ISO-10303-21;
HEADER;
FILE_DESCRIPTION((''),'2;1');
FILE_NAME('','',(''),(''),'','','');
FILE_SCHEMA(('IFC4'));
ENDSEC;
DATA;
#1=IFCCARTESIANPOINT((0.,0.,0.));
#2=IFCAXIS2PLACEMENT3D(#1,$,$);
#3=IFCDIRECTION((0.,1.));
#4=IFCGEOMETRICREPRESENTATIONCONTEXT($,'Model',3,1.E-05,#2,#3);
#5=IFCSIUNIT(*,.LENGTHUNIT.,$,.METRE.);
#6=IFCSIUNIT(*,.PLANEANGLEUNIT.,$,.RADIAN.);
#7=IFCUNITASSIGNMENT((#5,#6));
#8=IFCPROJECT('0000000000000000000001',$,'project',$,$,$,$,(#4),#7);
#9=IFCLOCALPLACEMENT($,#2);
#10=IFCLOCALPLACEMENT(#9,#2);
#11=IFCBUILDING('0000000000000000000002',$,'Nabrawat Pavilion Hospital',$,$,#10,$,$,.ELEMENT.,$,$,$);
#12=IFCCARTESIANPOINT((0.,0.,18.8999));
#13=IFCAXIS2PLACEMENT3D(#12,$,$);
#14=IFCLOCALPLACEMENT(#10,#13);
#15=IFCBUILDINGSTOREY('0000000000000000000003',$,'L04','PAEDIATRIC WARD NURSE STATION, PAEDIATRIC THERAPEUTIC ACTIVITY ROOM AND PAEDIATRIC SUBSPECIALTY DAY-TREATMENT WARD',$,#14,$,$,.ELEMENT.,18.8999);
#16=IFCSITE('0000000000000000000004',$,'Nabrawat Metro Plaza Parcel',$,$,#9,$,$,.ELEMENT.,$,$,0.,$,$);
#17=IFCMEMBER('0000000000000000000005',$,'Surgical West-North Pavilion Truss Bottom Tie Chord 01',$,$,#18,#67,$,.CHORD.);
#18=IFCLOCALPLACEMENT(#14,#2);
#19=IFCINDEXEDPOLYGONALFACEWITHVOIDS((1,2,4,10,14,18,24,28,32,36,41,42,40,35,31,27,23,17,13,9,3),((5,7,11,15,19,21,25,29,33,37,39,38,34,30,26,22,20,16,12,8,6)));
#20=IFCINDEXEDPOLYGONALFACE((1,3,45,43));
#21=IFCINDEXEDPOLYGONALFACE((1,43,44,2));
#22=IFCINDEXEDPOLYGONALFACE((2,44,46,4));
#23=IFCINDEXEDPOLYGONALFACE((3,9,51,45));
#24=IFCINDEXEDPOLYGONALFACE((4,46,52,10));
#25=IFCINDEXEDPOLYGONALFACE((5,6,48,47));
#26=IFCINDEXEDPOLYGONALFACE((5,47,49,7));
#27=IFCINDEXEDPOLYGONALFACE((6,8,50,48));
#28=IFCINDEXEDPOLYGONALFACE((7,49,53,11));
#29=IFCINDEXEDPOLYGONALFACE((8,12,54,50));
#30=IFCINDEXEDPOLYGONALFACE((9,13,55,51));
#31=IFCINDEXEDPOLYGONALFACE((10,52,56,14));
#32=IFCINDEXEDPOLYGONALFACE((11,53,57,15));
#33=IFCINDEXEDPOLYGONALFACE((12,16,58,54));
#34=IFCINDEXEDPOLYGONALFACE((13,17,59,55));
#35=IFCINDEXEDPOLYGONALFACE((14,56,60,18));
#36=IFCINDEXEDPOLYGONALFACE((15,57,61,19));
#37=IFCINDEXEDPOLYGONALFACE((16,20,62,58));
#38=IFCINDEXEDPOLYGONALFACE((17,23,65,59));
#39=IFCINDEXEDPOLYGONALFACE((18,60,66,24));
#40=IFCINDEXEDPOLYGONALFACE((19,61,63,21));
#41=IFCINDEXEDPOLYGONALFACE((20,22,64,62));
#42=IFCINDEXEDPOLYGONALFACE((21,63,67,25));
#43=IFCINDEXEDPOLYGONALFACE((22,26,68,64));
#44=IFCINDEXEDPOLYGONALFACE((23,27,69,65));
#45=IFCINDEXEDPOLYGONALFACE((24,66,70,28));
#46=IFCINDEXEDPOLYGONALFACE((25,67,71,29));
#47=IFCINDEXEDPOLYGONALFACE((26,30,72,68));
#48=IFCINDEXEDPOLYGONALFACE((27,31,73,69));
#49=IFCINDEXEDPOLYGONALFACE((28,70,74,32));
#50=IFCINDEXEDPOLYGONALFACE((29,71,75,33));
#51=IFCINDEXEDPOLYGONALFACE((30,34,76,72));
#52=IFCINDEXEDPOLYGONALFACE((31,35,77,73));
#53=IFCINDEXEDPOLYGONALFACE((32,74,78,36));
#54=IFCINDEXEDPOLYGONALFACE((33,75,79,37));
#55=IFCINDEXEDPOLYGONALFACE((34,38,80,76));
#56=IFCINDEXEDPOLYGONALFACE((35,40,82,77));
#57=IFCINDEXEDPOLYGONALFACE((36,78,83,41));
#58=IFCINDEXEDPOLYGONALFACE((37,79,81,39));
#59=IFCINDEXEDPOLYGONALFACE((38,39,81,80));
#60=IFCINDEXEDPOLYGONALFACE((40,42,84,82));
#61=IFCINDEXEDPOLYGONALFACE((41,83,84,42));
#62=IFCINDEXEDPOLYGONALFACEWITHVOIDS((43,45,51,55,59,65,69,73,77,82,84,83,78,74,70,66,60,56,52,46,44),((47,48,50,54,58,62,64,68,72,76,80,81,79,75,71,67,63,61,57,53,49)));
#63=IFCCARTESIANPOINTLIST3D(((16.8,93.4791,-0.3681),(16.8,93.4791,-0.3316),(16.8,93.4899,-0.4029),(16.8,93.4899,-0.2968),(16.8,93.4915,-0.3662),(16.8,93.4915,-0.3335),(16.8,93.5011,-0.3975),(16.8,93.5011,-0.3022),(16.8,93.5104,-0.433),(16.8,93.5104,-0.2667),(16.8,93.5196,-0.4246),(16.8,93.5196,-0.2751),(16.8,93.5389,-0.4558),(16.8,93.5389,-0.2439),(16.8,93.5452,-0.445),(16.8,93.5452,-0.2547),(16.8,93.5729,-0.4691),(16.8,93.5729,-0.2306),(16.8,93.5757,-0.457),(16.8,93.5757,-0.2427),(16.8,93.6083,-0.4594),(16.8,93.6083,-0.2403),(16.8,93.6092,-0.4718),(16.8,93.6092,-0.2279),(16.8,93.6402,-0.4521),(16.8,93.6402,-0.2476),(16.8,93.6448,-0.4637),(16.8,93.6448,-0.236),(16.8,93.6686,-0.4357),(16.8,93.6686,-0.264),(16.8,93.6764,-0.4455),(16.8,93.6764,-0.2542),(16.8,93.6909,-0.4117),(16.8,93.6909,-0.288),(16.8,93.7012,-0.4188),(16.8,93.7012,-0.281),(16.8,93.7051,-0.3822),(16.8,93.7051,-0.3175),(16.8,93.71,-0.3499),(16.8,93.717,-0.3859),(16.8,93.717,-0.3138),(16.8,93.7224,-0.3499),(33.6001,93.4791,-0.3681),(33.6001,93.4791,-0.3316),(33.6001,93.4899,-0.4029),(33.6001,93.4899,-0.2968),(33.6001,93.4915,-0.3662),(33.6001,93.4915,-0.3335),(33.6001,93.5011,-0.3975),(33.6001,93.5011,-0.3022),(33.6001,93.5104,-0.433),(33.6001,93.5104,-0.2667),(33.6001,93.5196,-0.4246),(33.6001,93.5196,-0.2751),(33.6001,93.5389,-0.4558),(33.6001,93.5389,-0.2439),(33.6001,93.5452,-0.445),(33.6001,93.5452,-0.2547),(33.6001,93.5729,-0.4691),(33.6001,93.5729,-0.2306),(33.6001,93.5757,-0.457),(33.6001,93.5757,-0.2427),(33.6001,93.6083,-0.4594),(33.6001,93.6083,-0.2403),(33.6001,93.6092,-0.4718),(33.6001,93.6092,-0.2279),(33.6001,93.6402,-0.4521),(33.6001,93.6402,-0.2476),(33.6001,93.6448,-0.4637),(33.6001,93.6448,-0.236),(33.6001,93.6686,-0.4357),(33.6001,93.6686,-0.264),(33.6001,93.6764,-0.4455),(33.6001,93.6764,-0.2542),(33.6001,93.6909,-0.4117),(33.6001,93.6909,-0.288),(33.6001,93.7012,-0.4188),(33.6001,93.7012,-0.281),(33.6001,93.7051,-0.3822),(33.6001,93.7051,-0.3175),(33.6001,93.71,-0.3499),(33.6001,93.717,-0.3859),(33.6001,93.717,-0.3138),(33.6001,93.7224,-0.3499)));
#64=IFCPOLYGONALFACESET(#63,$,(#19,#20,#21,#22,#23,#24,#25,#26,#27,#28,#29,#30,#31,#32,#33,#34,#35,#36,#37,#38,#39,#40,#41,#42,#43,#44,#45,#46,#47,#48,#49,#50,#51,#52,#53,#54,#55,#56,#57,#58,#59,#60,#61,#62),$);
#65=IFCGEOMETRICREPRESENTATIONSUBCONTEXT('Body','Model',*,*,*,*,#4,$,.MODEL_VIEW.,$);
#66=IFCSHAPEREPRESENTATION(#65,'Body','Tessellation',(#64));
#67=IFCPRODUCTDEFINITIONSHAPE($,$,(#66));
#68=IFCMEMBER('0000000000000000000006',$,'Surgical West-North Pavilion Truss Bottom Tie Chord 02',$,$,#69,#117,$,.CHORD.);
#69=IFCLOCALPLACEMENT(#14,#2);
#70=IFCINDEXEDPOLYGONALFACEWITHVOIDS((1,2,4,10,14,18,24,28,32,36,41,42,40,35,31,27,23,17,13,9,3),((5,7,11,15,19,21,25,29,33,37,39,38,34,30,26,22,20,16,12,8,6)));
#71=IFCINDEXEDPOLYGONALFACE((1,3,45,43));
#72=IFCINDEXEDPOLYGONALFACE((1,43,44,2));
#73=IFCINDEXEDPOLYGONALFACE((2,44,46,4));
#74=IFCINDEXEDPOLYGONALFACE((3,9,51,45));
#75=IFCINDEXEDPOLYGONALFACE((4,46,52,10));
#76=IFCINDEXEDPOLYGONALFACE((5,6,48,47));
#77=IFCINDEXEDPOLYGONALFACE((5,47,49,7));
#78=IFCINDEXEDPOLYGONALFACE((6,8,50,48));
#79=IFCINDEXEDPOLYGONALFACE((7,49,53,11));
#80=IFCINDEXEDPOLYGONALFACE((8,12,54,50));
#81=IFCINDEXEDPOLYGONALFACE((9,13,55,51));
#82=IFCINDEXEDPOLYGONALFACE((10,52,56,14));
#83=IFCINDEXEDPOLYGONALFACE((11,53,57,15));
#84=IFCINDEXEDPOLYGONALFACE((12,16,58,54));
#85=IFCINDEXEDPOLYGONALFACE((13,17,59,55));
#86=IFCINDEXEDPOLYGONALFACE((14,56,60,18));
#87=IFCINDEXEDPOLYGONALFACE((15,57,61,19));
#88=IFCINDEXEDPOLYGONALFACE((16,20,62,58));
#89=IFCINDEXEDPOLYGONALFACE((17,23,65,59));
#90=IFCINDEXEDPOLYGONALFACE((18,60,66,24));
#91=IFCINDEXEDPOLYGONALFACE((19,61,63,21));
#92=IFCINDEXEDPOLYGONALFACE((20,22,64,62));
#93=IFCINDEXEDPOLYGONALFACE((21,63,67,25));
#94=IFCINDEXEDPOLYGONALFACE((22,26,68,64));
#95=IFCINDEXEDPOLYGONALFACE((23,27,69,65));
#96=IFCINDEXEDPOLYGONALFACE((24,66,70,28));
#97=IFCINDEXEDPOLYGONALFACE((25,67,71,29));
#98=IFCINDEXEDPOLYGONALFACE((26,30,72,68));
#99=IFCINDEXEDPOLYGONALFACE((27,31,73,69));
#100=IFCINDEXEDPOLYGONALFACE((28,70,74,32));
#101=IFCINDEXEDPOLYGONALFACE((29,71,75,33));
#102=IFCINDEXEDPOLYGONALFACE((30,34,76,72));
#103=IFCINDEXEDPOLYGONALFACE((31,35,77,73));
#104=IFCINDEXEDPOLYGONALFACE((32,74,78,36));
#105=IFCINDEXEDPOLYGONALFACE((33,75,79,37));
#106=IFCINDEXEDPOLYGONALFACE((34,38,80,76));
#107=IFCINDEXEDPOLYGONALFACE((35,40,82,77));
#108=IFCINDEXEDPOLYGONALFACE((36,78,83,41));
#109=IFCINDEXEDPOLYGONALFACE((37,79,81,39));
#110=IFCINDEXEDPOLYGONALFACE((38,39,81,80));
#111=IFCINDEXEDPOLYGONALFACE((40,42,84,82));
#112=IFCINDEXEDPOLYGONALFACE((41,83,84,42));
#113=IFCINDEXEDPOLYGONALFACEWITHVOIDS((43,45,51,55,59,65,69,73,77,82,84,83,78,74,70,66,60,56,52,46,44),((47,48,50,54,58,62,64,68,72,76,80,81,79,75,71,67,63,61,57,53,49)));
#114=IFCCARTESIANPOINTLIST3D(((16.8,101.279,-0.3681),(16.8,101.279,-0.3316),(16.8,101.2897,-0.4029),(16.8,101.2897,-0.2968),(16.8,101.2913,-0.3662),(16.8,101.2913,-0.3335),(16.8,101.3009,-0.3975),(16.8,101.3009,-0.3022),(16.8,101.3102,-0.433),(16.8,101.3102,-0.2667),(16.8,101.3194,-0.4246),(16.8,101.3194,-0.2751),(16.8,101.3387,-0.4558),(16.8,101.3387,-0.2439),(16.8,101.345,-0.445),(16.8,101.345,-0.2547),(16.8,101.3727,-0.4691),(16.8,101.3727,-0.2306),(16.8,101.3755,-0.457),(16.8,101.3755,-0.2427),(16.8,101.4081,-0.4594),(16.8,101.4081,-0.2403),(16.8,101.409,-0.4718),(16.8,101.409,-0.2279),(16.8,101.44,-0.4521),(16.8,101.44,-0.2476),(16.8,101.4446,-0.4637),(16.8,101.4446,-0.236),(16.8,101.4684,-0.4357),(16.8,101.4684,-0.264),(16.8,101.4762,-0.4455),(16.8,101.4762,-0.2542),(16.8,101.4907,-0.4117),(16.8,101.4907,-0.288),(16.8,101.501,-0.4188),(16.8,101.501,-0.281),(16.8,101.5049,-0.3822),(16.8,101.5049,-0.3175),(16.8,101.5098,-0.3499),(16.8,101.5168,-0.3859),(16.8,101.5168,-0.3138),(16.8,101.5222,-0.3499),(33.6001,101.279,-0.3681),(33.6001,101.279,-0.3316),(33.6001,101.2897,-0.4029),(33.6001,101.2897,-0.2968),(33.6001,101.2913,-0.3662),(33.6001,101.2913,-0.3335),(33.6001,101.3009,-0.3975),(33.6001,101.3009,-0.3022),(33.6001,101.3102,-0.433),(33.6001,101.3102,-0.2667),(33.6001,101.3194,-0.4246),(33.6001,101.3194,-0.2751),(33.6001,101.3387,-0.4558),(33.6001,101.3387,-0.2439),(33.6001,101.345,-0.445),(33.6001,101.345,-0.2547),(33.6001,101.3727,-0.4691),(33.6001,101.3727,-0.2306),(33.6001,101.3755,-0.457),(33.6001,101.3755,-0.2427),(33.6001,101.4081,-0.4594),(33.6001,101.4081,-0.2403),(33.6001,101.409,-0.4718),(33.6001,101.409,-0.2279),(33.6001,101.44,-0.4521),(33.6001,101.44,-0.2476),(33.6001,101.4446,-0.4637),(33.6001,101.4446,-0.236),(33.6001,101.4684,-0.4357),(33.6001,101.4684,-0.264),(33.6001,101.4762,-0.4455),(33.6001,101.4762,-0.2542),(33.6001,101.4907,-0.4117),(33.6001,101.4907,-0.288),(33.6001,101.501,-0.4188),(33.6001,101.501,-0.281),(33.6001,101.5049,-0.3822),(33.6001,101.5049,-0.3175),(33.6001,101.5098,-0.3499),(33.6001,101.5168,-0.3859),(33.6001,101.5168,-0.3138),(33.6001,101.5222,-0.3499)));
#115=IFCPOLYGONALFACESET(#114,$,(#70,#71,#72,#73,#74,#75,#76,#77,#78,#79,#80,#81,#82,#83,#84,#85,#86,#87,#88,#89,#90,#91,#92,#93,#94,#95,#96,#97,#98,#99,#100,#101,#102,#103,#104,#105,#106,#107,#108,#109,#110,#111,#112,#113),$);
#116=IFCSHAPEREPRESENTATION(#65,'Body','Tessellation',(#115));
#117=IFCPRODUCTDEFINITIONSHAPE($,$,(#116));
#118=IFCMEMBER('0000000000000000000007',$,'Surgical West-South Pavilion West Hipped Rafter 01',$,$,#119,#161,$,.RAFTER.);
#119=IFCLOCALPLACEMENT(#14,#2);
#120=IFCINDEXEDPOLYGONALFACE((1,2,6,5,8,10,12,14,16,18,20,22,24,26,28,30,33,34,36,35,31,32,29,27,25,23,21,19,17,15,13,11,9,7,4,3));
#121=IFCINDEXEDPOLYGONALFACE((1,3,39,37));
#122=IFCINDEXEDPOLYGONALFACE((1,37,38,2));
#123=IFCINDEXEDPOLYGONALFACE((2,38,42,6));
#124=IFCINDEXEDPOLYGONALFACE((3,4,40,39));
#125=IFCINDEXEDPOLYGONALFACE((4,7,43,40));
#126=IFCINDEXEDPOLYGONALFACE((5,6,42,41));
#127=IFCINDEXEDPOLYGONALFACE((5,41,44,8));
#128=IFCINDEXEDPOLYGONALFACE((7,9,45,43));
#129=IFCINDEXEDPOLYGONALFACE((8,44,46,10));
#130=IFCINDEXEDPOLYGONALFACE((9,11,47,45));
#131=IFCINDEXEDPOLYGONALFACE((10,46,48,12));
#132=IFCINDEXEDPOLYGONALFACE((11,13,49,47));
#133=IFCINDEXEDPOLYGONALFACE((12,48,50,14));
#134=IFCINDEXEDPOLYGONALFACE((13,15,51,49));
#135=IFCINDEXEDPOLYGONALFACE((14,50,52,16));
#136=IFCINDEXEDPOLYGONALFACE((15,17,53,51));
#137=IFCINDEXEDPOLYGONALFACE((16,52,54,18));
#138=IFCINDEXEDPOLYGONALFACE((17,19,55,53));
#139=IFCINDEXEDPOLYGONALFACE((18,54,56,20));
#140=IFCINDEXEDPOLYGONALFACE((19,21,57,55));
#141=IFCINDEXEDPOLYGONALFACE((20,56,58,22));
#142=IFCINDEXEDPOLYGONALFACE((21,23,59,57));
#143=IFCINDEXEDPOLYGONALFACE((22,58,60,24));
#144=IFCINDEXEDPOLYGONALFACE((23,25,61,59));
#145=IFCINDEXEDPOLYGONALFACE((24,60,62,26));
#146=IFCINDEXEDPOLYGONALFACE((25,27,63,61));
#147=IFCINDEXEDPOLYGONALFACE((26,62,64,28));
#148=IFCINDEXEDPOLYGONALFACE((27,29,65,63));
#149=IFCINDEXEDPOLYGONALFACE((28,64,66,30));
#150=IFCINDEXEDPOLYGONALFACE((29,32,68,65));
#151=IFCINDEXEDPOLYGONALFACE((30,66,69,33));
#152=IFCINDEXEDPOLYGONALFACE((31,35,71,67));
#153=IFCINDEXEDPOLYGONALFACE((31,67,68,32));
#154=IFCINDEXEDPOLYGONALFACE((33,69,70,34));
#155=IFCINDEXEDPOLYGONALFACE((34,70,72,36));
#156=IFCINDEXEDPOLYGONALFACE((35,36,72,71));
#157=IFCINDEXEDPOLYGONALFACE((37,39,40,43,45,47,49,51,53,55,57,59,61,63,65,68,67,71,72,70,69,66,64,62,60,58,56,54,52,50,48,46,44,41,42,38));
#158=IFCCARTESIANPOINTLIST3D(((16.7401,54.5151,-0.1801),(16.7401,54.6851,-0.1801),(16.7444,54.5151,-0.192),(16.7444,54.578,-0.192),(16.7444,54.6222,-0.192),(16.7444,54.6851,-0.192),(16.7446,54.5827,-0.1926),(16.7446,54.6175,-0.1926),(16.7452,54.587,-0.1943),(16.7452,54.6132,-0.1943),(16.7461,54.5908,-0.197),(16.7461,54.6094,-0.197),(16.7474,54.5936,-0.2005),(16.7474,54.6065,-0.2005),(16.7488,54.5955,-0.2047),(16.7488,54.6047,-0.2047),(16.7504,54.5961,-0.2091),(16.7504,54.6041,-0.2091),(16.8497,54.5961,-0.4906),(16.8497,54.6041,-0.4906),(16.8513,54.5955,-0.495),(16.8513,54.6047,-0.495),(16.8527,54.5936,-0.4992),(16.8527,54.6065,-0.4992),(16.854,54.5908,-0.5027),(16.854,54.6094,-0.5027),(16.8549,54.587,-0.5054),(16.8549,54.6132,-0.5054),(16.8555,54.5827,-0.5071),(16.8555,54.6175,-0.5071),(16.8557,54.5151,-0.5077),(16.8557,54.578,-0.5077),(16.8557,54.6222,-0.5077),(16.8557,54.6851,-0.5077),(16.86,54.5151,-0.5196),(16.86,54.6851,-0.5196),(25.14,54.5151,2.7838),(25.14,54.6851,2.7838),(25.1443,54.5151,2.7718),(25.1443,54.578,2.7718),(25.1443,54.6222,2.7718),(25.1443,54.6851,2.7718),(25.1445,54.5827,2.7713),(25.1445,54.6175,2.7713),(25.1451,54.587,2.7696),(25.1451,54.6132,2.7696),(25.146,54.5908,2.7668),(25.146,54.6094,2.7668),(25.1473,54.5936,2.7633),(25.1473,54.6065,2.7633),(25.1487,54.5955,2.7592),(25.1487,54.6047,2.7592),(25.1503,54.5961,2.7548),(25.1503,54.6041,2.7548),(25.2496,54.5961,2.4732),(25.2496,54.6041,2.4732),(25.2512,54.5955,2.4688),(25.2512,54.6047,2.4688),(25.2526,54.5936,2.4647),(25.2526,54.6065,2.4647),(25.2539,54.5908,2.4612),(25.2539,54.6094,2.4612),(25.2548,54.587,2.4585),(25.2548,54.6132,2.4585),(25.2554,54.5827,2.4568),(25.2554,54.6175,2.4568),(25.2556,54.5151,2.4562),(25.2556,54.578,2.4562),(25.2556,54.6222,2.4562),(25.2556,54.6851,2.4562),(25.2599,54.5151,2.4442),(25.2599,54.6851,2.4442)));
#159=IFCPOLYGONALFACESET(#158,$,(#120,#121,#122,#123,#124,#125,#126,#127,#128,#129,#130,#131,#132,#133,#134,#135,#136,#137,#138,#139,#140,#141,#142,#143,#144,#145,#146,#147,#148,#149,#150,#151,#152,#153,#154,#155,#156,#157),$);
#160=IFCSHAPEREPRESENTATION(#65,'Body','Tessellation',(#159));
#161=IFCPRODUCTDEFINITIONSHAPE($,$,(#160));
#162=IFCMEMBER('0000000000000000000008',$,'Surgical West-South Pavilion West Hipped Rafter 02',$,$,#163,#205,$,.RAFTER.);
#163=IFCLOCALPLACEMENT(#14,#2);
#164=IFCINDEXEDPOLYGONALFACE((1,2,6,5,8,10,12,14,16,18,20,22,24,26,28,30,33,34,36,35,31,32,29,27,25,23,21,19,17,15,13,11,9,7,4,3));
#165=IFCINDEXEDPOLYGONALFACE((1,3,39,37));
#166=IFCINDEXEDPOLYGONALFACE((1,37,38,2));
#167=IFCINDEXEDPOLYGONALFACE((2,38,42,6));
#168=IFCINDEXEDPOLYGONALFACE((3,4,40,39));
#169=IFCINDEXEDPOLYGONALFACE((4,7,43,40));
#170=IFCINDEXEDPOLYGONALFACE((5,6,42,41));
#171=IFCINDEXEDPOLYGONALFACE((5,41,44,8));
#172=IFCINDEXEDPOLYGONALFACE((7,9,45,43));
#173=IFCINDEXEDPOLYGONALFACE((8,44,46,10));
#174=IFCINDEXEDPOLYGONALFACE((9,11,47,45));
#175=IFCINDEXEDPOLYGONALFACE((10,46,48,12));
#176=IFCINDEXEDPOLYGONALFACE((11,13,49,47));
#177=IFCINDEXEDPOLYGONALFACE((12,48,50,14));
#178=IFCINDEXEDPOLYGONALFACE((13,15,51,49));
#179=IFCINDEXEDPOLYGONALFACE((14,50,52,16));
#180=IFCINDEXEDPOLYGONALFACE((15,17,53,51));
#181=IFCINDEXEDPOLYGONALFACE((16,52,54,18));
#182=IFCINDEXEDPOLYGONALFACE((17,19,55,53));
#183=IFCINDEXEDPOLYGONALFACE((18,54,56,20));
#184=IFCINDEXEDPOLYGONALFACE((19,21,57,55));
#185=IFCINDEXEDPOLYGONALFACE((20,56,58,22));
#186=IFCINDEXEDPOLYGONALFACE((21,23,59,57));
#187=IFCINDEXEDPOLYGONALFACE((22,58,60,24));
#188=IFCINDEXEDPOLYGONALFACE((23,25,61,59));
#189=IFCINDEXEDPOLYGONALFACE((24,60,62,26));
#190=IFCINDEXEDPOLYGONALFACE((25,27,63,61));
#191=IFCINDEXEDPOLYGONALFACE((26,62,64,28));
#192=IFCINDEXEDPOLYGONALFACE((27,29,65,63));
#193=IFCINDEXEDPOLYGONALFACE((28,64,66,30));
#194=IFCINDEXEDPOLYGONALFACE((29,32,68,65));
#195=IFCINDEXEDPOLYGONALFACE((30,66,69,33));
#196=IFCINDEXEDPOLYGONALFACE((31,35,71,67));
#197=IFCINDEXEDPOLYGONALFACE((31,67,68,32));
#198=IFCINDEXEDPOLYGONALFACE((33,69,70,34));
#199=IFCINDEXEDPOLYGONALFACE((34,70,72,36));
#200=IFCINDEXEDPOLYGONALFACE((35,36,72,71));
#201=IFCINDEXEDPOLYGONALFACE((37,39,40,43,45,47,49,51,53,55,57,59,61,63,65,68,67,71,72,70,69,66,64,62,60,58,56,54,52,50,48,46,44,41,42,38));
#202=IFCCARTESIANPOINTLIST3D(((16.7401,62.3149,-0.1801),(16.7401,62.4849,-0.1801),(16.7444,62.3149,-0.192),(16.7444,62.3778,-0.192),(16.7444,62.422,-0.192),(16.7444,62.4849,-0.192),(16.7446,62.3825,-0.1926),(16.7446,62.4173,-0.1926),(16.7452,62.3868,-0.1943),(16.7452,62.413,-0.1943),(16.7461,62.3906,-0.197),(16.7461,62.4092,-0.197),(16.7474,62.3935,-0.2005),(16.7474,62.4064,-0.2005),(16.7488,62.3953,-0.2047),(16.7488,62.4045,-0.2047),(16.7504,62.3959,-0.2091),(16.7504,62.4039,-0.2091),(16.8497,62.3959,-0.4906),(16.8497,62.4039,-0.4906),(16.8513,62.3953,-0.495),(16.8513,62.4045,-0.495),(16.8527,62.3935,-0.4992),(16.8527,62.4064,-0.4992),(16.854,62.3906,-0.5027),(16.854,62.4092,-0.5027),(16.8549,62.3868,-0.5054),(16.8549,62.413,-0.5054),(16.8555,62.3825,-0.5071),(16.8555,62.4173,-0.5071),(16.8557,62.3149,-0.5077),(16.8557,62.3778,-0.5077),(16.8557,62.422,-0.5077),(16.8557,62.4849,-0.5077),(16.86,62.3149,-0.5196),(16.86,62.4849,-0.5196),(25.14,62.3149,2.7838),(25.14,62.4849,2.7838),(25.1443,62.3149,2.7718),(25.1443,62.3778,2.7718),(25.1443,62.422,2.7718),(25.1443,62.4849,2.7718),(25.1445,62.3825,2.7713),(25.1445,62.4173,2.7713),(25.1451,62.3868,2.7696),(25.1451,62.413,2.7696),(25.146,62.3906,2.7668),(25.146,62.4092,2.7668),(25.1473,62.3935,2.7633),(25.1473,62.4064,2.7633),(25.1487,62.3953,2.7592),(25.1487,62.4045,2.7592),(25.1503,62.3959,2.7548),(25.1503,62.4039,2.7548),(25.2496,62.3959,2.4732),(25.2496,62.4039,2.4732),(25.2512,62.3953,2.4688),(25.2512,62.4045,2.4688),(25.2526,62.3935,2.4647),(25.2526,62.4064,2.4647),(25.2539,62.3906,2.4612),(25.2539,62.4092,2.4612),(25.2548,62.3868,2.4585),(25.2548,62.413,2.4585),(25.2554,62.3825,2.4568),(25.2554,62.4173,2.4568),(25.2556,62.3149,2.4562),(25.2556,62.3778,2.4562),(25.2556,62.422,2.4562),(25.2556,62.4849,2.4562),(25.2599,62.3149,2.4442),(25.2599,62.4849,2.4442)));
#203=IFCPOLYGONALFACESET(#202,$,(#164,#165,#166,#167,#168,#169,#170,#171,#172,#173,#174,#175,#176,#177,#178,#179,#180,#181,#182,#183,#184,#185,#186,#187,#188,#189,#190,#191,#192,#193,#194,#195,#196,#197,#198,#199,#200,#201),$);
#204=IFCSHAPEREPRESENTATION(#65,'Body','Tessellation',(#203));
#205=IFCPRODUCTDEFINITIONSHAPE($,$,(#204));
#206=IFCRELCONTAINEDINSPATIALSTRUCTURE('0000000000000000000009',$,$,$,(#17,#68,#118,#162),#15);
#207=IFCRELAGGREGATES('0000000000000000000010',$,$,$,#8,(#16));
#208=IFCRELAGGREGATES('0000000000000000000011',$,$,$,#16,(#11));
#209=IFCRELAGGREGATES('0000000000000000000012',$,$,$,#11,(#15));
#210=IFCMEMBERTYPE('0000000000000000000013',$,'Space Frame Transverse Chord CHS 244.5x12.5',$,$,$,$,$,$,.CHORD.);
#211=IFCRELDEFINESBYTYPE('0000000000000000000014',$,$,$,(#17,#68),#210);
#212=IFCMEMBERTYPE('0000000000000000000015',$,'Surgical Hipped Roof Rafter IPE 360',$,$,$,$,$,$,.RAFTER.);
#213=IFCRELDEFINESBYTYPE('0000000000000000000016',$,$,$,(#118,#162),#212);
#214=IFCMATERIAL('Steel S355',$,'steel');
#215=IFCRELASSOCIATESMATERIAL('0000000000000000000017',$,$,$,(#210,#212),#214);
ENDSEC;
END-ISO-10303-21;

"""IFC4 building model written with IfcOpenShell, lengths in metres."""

from ifc_helpers import new_model, si_unit, direction, frame, origin, origin_2d, place, context, subcontext, project, spatial, hollow_circle, i_section, extrude, material, material_profile, profile_set, type_object, element, save


model = new_model("IFC4")

# Units and contexts
model_context = context("Model", 3, precision=1e-05, world=origin(), true_north=direction((0.0, 1.0)))
body_context = subcontext(model_context, "Body", "Model", "MODEL_VIEW")
ifc_project = project(units=[si_unit("LENGTHUNIT", "METRE"), si_unit("PLANEANGLEUNIT", "RADIAN")], contexts=[model_context])

# Site, building, storey
site_placement = place(None, origin())
site = spatial("IfcSite", under=ifc_project, at=site_placement, Name="Nabrawat Metro Plaza Parcel", CompositionType="ELEMENT", RefElevation=0.0)
building_placement = place(site_placement, origin())
building = spatial("IfcBuilding", under=site, at=building_placement, Name="Nabrawat Pavilion Hospital", CompositionType="ELEMENT")
storey_placement = place(building_placement, frame((0.0, 0.0, 18.8999)))
storey = spatial("IfcBuildingStorey", under=building, at=storey_placement, Name="L04", Description="PAEDIATRIC WARD NURSE STATION, PAEDIATRIC THERAPEUTIC ACTIVITY ROOM AND PAEDIATRIC SUBSPECIALTY DAY-TREATMENT WARD", CompositionType="ELEMENT", Elevation=18.8999)

# Members
ifc_material_1 = material(Name="Steel S355", Category="steel")
ifc_material_profile_1 = material_profile(ifc_material_1, hollow_circle(Radius=0.1223, WallThickness=0.0125, at=origin_2d()), Name="CHS 244.5x12.5")
ifc_profile_set_1 = profile_set([ifc_material_profile_1], Name="Steel S355")
member_type_1 = type_object("IfcMemberType", Name="Space Frame Transverse Chord CHS 244.5x12.5", PredefinedType="CHORD", material=ifc_profile_set_1)
for number, where, z_axis, x_axis, name in (
    (1, (16.8, 93.6001, -0.3499), (1.0, 0.0, 0.0), (0.0, 1.0, 0.0), "Surgical West-North Pavilion Truss Bottom Tie Chord 01"),
    (2, (16.8, 101.3999, -0.3499), (1.0, 0.0, 0.0), (0.0, 1.0, 0.0), "Surgical West-North Pavilion Truss Bottom Tie Chord 02"),
):
    element("IfcMember", number, at=place(storey_placement, frame(where, z_axis=z_axis, x_axis=x_axis)), inside=storey, type_object=member_type_1, Name=name, PredefinedType="CHORD", context=body_context, shape_type="SweptSolid", body=[
        extrude(hollow_circle(Radius=0.1223, WallThickness=0.0125, at=origin_2d()), origin(), (0.0, 0.0, 1.0), 16.8),
    ])
ifc_material_profile_2 = material_profile(ifc_material_1, i_section(OverallWidth=0.1699, OverallDepth=0.3601, WebThickness=0.0081, FlangeThickness=0.0127, FilletRadius=0.0181, at=origin_2d()), Name="IPE 360")
ifc_profile_set_2 = profile_set([ifc_material_profile_2], Name="Steel S355")
member_type_2 = type_object("IfcMemberType", Name="Surgical Hipped Roof Rafter IPE 360", PredefinedType="RAFTER", material=ifc_profile_set_2)
for number, where, z_axis, x_axis, name in (
    (3, (16.8, 54.6001, -0.3499), (0.943019, 0.0, 0.33274), (0.0, 1.0, 0.0), "Surgical West-South Pavilion West Hipped Rafter 01"),
    (4, (16.8, 62.3999, -0.3499), (0.943019, 0.0, 0.33274), (0.0, 1.0, 0.0), "Surgical West-South Pavilion West Hipped Rafter 02"),
):
    element("IfcMember", number, at=place(storey_placement, frame(where, z_axis=z_axis, x_axis=x_axis)), inside=storey, type_object=member_type_2, Name=name, PredefinedType="RAFTER", context=body_context, shape_type="SweptSolid", body=[
        extrude(i_section(OverallWidth=0.1699, OverallDepth=0.3601, WebThickness=0.0081, FlangeThickness=0.0127, FilletRadius=0.0181, at=origin_2d()), origin(), (0.0, 0.0, 1.0), 8.9075),
    ])

save(model, "model.ifc")
